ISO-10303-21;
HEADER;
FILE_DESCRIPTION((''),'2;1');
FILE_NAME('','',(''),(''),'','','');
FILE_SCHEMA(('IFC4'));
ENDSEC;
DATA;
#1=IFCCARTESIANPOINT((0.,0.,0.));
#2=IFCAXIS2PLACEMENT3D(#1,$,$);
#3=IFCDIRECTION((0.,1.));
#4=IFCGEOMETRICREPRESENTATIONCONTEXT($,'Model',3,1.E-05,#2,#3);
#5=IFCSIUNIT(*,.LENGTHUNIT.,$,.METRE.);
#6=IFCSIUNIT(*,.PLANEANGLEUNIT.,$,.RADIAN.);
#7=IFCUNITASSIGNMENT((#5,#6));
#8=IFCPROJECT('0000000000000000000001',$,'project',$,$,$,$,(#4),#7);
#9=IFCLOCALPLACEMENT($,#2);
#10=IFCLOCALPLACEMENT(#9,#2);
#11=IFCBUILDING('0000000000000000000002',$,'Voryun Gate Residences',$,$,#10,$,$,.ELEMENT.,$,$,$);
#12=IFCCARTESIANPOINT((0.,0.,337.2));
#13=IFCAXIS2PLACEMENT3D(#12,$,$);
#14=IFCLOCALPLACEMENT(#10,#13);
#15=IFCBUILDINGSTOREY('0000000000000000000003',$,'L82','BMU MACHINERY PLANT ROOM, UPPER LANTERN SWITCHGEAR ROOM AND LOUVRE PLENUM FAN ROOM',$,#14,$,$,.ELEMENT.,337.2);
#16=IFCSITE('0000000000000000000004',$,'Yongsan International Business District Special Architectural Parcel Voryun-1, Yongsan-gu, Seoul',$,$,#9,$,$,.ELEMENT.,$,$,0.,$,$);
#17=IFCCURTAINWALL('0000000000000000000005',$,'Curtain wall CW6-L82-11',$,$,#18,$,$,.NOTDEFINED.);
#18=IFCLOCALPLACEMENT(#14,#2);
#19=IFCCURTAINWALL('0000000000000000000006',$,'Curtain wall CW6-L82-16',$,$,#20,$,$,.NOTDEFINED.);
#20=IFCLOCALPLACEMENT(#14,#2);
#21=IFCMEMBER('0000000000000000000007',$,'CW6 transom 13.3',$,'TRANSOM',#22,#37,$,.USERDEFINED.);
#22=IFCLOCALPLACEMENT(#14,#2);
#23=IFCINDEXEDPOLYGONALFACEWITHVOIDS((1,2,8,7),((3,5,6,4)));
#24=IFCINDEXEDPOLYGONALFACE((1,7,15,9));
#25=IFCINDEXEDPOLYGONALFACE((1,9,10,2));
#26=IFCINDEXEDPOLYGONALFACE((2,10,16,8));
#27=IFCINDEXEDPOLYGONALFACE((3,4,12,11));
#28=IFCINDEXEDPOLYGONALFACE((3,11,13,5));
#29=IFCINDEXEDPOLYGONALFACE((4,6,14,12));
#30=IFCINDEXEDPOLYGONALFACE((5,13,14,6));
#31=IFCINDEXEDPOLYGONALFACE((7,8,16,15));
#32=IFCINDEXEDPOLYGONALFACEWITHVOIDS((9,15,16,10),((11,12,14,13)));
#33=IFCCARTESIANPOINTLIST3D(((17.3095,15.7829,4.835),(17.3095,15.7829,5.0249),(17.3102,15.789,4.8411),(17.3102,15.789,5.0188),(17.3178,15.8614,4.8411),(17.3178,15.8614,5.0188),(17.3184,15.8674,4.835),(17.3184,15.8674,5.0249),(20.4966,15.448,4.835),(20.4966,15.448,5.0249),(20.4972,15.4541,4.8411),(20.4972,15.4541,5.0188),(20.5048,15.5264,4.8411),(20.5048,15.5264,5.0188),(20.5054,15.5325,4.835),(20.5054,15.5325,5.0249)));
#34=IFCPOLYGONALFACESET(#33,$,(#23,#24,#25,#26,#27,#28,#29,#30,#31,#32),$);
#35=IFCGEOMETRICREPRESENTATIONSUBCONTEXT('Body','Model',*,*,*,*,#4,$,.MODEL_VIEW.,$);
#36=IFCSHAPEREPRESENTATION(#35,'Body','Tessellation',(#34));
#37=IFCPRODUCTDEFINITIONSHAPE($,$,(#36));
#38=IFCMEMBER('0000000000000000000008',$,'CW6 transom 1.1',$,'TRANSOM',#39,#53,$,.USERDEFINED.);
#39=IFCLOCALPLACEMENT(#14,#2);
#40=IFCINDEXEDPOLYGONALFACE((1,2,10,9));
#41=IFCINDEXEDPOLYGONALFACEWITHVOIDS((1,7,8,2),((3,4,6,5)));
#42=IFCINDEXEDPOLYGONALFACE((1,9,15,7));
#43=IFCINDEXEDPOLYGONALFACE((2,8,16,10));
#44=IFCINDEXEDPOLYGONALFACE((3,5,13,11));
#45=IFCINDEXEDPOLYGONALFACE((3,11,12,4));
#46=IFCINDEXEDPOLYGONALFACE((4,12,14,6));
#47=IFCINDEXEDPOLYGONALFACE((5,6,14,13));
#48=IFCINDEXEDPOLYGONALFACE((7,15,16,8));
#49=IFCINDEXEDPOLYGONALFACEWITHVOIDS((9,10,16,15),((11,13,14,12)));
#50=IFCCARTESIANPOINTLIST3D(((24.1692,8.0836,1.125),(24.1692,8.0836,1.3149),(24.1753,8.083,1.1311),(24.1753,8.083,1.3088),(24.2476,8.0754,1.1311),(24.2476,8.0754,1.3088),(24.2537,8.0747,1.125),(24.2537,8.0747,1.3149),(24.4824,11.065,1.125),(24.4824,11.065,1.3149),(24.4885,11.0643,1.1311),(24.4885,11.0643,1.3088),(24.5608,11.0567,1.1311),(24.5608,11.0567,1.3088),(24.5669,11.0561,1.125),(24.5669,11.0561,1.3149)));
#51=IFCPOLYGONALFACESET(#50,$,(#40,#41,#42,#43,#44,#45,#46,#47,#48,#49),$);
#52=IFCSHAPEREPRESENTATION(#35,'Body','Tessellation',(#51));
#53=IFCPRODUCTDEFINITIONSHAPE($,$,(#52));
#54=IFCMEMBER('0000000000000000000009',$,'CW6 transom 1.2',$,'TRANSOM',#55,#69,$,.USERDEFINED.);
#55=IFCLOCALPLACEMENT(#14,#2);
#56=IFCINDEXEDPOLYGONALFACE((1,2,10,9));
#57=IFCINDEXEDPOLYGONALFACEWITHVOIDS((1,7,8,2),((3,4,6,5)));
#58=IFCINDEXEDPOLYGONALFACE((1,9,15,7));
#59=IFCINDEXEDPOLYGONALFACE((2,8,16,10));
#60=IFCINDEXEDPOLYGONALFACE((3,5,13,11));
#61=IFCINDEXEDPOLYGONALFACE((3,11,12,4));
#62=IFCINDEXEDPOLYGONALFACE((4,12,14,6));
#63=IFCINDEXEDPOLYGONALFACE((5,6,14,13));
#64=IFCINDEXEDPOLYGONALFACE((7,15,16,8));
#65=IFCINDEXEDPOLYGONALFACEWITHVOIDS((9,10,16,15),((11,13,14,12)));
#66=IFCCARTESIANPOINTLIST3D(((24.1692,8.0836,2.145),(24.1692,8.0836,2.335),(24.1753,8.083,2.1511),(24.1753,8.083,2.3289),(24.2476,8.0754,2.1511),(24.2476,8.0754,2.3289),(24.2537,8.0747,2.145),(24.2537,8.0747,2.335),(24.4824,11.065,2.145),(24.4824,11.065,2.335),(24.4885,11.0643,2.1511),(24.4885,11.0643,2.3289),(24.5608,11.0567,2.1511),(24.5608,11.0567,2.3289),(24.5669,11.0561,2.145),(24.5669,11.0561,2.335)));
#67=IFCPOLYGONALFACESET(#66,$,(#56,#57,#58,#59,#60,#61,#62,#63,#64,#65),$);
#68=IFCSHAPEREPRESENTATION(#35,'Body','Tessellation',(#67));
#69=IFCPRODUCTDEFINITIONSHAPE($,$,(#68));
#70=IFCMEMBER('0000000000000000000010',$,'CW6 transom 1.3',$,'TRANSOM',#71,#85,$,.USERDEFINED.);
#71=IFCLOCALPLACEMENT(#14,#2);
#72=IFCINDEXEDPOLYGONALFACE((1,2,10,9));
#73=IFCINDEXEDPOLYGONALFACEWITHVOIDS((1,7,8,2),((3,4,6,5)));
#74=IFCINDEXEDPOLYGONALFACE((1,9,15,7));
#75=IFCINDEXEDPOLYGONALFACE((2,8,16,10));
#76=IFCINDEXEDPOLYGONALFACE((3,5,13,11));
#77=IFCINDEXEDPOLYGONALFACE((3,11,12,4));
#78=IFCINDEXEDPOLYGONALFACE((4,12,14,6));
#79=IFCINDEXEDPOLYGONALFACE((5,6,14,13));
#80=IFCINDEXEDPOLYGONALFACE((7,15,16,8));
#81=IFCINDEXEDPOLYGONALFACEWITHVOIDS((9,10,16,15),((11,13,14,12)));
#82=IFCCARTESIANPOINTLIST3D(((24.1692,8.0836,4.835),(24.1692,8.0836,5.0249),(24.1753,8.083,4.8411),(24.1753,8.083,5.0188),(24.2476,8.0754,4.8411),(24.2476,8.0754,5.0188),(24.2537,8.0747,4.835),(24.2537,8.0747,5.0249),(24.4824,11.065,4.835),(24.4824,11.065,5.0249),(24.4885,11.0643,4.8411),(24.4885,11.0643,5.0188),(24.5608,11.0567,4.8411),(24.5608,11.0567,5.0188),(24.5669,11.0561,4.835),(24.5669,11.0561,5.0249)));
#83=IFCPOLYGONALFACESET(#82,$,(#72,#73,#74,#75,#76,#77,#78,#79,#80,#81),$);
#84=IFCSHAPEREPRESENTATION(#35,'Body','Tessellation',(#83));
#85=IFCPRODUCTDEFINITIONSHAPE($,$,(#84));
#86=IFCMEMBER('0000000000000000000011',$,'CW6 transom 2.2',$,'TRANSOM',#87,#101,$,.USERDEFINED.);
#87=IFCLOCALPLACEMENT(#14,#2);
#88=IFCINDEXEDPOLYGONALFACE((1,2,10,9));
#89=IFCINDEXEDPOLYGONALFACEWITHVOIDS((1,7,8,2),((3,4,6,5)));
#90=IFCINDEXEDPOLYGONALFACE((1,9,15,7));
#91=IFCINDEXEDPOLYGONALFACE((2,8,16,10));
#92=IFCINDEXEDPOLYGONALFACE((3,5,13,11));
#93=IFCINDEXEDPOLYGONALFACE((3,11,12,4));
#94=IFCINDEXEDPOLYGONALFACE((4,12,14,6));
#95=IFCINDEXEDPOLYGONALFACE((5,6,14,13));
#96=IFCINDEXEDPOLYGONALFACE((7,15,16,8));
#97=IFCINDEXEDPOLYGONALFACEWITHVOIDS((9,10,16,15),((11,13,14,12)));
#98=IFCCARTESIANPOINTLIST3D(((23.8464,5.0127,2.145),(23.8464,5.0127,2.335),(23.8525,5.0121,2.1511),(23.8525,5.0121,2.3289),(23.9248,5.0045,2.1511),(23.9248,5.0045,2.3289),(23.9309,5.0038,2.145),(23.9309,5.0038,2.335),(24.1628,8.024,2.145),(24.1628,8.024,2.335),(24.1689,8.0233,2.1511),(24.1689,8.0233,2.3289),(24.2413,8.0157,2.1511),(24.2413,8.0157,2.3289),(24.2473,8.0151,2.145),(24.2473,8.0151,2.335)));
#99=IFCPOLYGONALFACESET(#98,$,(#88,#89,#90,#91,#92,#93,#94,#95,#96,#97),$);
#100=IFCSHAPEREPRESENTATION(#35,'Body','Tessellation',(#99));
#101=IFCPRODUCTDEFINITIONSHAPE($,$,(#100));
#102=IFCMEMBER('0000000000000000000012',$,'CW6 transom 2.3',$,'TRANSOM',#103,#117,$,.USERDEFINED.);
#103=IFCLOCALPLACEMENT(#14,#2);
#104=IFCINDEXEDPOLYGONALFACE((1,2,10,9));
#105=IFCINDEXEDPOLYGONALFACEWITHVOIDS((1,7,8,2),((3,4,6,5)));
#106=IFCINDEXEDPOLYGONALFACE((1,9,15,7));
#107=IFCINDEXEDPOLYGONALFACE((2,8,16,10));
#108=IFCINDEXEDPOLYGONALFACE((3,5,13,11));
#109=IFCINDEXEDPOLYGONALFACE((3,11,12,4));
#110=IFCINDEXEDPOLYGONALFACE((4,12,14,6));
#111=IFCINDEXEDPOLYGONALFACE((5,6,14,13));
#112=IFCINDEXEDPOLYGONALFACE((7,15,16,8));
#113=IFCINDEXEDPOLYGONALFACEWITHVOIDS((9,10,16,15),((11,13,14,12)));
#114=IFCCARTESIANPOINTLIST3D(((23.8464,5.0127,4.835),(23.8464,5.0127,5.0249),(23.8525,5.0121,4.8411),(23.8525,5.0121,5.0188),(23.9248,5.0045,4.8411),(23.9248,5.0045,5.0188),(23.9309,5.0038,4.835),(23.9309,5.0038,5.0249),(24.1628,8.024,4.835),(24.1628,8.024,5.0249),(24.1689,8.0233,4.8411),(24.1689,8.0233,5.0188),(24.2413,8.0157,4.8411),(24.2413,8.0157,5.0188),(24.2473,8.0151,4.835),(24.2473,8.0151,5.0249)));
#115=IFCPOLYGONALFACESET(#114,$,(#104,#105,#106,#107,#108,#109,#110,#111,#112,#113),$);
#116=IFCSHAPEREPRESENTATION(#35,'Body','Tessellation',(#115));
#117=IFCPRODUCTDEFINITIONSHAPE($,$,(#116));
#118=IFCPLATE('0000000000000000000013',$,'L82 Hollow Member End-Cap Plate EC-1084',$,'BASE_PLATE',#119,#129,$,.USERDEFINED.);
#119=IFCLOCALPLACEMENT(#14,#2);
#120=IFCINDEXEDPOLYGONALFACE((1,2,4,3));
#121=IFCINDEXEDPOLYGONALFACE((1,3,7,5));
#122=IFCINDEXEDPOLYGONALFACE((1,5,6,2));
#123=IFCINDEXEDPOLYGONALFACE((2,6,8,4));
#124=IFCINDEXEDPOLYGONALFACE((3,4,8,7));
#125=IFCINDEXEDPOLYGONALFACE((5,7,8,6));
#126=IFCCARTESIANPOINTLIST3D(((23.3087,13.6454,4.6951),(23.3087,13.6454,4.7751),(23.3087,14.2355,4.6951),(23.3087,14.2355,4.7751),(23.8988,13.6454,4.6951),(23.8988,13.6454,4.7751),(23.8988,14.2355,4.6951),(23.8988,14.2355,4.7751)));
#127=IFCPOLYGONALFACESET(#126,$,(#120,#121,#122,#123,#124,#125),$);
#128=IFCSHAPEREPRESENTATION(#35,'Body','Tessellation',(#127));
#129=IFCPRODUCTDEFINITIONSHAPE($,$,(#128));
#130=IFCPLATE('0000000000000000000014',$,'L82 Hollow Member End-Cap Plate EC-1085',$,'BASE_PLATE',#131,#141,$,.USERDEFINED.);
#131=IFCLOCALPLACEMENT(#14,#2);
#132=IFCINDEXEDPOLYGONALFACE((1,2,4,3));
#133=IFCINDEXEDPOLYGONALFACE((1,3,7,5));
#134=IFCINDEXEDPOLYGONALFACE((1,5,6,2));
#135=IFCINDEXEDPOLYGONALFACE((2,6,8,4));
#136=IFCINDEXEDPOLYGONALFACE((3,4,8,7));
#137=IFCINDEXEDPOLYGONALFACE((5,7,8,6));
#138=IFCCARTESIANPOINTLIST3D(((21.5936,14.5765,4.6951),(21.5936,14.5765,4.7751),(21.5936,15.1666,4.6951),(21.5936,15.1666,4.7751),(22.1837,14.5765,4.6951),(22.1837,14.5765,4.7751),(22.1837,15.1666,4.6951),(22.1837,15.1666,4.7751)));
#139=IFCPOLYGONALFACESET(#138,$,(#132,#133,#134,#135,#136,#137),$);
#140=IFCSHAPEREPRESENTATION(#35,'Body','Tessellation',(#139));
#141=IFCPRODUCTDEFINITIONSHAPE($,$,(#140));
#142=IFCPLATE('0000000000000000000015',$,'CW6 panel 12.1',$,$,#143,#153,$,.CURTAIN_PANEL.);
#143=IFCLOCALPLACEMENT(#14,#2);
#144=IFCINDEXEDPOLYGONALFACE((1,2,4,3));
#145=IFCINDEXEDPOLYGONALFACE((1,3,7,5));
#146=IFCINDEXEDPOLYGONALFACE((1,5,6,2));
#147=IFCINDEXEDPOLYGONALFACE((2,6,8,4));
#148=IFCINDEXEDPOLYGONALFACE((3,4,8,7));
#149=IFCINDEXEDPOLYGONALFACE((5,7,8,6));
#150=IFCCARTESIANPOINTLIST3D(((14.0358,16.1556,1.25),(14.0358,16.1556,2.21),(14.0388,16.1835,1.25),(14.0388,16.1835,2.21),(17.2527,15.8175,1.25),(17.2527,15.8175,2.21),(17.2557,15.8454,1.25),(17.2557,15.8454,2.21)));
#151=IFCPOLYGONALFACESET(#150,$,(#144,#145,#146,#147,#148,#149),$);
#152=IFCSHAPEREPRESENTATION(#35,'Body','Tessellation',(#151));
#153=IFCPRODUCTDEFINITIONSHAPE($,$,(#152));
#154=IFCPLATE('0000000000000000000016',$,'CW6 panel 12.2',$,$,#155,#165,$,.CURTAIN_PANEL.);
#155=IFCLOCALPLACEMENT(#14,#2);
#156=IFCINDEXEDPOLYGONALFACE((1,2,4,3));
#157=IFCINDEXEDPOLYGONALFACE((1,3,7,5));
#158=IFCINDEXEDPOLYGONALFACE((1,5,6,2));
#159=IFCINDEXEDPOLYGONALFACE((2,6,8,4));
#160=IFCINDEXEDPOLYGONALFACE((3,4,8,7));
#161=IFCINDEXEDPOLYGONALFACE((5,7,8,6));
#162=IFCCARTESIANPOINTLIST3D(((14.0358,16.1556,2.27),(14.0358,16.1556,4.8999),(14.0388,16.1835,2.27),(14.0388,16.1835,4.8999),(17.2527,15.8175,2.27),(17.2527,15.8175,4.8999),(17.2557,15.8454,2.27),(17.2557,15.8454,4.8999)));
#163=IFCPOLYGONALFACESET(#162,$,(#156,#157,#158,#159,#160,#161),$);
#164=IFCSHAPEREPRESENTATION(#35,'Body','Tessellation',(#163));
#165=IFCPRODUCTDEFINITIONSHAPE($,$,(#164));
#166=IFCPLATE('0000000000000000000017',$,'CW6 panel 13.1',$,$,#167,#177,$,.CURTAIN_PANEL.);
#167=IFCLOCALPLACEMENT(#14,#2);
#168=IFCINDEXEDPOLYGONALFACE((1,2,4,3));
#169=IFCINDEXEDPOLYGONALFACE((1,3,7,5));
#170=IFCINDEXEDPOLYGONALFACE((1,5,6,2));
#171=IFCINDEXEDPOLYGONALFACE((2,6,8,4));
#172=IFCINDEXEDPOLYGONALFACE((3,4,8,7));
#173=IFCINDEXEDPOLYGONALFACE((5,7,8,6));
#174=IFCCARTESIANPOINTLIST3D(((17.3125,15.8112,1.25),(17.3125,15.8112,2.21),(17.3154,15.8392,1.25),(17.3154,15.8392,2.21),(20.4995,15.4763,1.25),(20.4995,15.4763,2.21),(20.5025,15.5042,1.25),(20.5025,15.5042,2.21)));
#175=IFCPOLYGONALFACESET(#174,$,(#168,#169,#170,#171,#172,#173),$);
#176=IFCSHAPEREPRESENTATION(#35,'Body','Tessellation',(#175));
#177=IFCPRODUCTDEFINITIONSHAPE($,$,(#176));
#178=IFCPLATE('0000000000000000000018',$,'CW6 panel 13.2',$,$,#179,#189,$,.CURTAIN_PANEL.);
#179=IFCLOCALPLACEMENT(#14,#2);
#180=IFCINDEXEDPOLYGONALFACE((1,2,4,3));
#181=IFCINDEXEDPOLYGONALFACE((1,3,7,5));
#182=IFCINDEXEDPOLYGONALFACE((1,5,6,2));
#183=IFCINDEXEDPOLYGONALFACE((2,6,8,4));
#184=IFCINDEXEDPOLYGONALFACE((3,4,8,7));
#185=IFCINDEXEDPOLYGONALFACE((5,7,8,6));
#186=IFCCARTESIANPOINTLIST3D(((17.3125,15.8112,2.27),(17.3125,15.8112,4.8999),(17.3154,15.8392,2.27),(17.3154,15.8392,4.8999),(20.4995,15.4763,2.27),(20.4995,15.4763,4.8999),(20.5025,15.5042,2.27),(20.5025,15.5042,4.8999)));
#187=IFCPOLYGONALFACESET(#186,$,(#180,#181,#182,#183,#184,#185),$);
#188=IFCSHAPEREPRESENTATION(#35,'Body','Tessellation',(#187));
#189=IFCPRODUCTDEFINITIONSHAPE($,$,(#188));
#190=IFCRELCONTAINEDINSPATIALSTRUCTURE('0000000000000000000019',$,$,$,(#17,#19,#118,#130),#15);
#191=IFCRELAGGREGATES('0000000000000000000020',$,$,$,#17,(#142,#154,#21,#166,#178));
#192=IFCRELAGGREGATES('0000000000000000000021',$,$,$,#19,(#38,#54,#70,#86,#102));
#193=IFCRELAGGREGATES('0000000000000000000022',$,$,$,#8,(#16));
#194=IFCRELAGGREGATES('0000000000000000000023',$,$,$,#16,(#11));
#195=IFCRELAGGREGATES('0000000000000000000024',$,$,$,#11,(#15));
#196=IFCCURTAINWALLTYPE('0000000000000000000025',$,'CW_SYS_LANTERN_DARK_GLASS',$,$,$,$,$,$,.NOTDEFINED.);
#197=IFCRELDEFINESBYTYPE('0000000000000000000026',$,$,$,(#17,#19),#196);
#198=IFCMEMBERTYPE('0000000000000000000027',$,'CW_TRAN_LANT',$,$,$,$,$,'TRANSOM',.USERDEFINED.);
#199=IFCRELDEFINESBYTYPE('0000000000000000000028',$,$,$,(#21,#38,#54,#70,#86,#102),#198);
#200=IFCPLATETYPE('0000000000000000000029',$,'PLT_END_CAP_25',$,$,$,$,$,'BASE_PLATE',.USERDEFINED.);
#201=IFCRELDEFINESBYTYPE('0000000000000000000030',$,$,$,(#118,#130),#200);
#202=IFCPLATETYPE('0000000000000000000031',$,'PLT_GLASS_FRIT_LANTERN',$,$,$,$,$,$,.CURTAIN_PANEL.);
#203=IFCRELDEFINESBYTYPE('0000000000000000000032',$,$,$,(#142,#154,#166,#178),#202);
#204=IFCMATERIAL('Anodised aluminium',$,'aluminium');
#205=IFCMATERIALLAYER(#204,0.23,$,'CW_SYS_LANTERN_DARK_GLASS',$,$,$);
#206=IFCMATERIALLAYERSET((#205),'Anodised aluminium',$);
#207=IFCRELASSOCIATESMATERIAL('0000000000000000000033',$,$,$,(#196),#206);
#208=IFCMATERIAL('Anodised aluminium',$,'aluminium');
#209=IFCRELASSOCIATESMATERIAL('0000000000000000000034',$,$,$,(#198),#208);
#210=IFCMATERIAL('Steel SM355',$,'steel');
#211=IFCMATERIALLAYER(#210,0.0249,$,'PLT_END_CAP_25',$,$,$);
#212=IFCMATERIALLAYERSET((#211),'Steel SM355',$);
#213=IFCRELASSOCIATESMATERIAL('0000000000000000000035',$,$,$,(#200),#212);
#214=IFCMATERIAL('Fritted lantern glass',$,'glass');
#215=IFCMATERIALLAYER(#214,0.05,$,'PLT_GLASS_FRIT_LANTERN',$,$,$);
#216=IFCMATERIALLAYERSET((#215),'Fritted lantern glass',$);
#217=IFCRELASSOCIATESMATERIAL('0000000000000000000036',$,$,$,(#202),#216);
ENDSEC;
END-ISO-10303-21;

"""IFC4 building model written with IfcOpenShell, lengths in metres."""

from ifc_helpers import new_model, si_unit, direction, frame, origin, origin_2d, place, context, subcontext, project, spatial, rectangle, hollow_rectangle, extrude, material, layer, layer_set, material_profile, profile_set, type_object, element, aggregate, save


model = new_model("IFC4")

# Units and contexts
model_context = context("Model", 3, precision=1e-05, world=origin(), true_north=direction((0.0, 1.0)))
body_context = subcontext(model_context, "Body", "Model", "MODEL_VIEW")
ifc_project = project(units=[si_unit("LENGTHUNIT", "METRE"), si_unit("PLANEANGLEUNIT", "RADIAN")], contexts=[model_context])

# Site, building, storey
site_placement = place(None, origin())
site = spatial("IfcSite", under=ifc_project, at=site_placement, Name="Yongsan International Business District Special Architectural Parcel Voryun-1, Yongsan-gu, Seoul", CompositionType="ELEMENT", RefElevation=0.0)
building_placement = place(site_placement, origin())
building = spatial("IfcBuilding", under=site, at=building_placement, Name="Voryun Gate Residences", CompositionType="ELEMENT")
storey_placement = place(building_placement, frame((0.0, 0.0, 337.2)))
storey = spatial("IfcBuildingStorey", under=building, at=storey_placement, Name="L82", Description="BMU MACHINERY PLANT ROOM, UPPER LANTERN SWITCHGEAR ROOM AND LOUVRE PLENUM FAN ROOM", CompositionType="ELEMENT", Elevation=337.2)

# Curtain walls
ifc_material_1 = material(Name="Anodised aluminium", Category="aluminium")
ifc_layer_1 = layer(ifc_material_1, 0.23, Name="CW_SYS_LANTERN_DARK_GLASS")
ifc_layer_set_1 = layer_set([ifc_layer_1], Name="Anodised aluminium")
curtain_wall_type = type_object("IfcCurtainWallType", Name="CW_SYS_LANTERN_DARK_GLASS", PredefinedType="NOTDEFINED", material=ifc_layer_set_1)
curtain_wall_1_placement = place(storey_placement, origin())
curtain_wall_1 = element("IfcCurtainWall", 1, at=curtain_wall_1_placement, inside=storey, type_object=curtain_wall_type, Name="Curtain wall CW6-L82-11", PredefinedType="NOTDEFINED")
curtain_wall_2_placement = place(storey_placement, origin())
curtain_wall_2 = element("IfcCurtainWall", 2, at=curtain_wall_2_placement, inside=storey, type_object=curtain_wall_type, Name="Curtain wall CW6-L82-16", PredefinedType="NOTDEFINED")

# Members
ifc_material_2 = material(Name="Anodised aluminium", Category="aluminium")
ifc_material_profile_1 = material_profile(ifc_material_2, hollow_rectangle(XDim=0.085, YDim=0.1899, WallThickness=0.0061, at=origin_2d()), Name="ALU-TRAN-190x85x6")
ifc_profile_set_1 = profile_set([ifc_material_profile_1], Name="Anodised aluminium")
member_type_1 = type_object("IfcMemberType", Name="CW_TRAN_LANT", ElementType="TRANSOM", PredefinedType="USERDEFINED", material=ifc_profile_set_1)
member_1_placement = place(storey_placement, frame((17.314, 15.8252, 4.9299), z_axis=(0.994522, -0.104526, 0.0), x_axis=(0.104526, 0.994522, 0.0)))
member_1 = element("IfcMember", 3, at=member_1_placement, type_object=member_type_1, Name="CW6 transom 13.3", ObjectType="TRANSOM", PredefinedType="USERDEFINED", context=body_context, shape_type="SweptSolid", body=[
    extrude(hollow_rectangle(XDim=0.085, YDim=0.1899, WallThickness=0.0061, at=origin_2d()), origin(), (0.0, 0.0, 1.0), 3.2046),
])
member_2_placement = place(storey_placement, frame((24.5247, 11.0605, 1.22), z_axis=(-0.104486, -0.994526, 0.0), x_axis=(0.994526, -0.104486, 0.0)))
member_2 = element("IfcMember", 4, at=member_2_placement, type_object=member_type_1, Name="CW6 transom 1.1", ObjectType="TRANSOM", PredefinedType="USERDEFINED", context=body_context, shape_type="SweptSolid", body=[
    extrude(hollow_rectangle(XDim=0.085, YDim=0.1899, WallThickness=0.0061, at=origin_2d()), origin(), (0.0, 0.0, 1.0), 2.9978),
])
member_3_placement = place(storey_placement, frame((24.5247, 11.0605, 2.24), z_axis=(-0.104486, -0.994526, 0.0), x_axis=(0.994526, -0.104486, 0.0)))
member_3 = element("IfcMember", 5, at=member_3_placement, type_object=member_type_1, Name="CW6 transom 1.2", ObjectType="TRANSOM", PredefinedType="USERDEFINED", context=body_context, shape_type="SweptSolid", body=[
    extrude(hollow_rectangle(XDim=0.085, YDim=0.1899, WallThickness=0.0061, at=origin_2d()), origin(), (0.0, 0.0, 1.0), 2.9978),
])
member_4_placement = place(storey_placement, frame((24.5247, 11.0605, 4.9299), z_axis=(-0.104486, -0.994526, 0.0), x_axis=(0.994526, -0.104486, 0.0)))
member_4 = element("IfcMember", 6, at=member_4_placement, type_object=member_type_1, Name="CW6 transom 1.3", ObjectType="TRANSOM", PredefinedType="USERDEFINED", context=body_context, shape_type="SweptSolid", body=[
    extrude(hollow_rectangle(XDim=0.085, YDim=0.1899, WallThickness=0.0061, at=origin_2d()), origin(), (0.0, 0.0, 1.0), 2.9978),
])
member_5_placement = place(storey_placement, frame((24.2051, 8.0195, 2.24), z_axis=(-0.1045, -0.994525, 0.0), x_axis=(0.994525, -0.1045, 0.0)))
member_5 = element("IfcMember", 7, at=member_5_placement, type_object=member_type_1, Name="CW6 transom 2.2", ObjectType="TRANSOM", PredefinedType="USERDEFINED", context=body_context, shape_type="SweptSolid", body=[
    extrude(hollow_rectangle(XDim=0.085, YDim=0.1899, WallThickness=0.0061, at=origin_2d()), origin(), (0.0, 0.0, 1.0), 3.0278),
])
member_6_placement = place(storey_placement, frame((24.2051, 8.0195, 4.9299), z_axis=(-0.1045, -0.994525, 0.0), x_axis=(0.994525, -0.1045, 0.0)))
member_6 = element("IfcMember", 8, at=member_6_placement, type_object=member_type_1, Name="CW6 transom 2.3", ObjectType="TRANSOM", PredefinedType="USERDEFINED", context=body_context, shape_type="SweptSolid", body=[
    extrude(hollow_rectangle(XDim=0.085, YDim=0.1899, WallThickness=0.0061, at=origin_2d()), origin(), (0.0, 0.0, 1.0), 3.0278),
])

# Plates
ifc_material_3 = material(Name="Steel SM355", Category="steel")
ifc_layer_2 = layer(ifc_material_3, 0.0249, Name="PLT_END_CAP_25")
ifc_layer_set_2 = layer_set([ifc_layer_2], Name="Steel SM355")
plate_type_1 = type_object("IfcPlateType", Name="PLT_END_CAP_25", ElementType="BASE_PLATE", PredefinedType="USERDEFINED", material=ifc_layer_set_2)
for number, where, z_axis, x_axis, name in (
    (9, (23.6038, 13.9404, 4.6951), (0.0, 0.0, 1.0), (1.0, 0.0, 0.0), "L82 Hollow Member End-Cap Plate EC-1084"),
    (10, (21.8887, 14.8716, 4.6951), (0.0, 0.0, 1.0), (1.0, 0.0, 0.0), "L82 Hollow Member End-Cap Plate EC-1085"),
):
    element("IfcPlate", number, at=place(storey_placement, frame(where, z_axis=z_axis, x_axis=x_axis)), inside=storey, type_object=plate_type_1, Name=name, ObjectType="BASE_PLATE", PredefinedType="USERDEFINED", context=body_context, shape_type="SweptSolid", body=[
        extrude(rectangle(XDim=0.5901, YDim=0.5901, at=origin_2d()), origin(), (0.0, 0.0, 1.0), 0.0801),
    ])

# Plates
ifc_material_4 = material(Name="Fritted lantern glass", Category="glass")
ifc_layer_3 = layer(ifc_material_4, 0.05, Name="PLT_GLASS_FRIT_LANTERN")
ifc_layer_set_3 = layer_set([ifc_layer_3], Name="Fritted lantern glass")
plate_type_2 = type_object("IfcPlateType", Name="PLT_GLASS_FRIT_LANTERN", PredefinedType="CURTAIN_PANEL", material=ifc_layer_set_3)
plate_1_placement = place(storey_placement, frame((15.6458, 16.0005, 1.25), z_axis=(0.0, 0.0, 1.0), x_axis=(0.994522, -0.104528, 0.0)))
plate_1 = element("IfcPlate", 11, at=plate_1_placement, type_object=plate_type_2, Name="CW6 panel 12.1", PredefinedType="CURTAIN_PANEL", context=body_context, shape_type="SweptSolid", body=[
    extrude(rectangle(XDim=3.2346, YDim=0.0281, at=origin_2d()), origin(), (0.0, 0.0, 1.0), 0.96),
])
plate_2_placement = place(storey_placement, frame((15.6458, 16.0005, 2.27), z_axis=(0.0, 0.0, 1.0), x_axis=(0.994522, -0.104528, 0.0)))
plate_2 = element("IfcPlate", 12, at=plate_2_placement, type_object=plate_type_2, Name="CW6 panel 12.2", PredefinedType="CURTAIN_PANEL", context=body_context, shape_type="SweptSolid", body=[
    extrude(rectangle(XDim=3.2346, YDim=0.0281, at=origin_2d()), origin(), (0.0, 0.0, 1.0), 2.6299),
])
plate_3_placement = place(storey_placement, frame((18.9075, 15.6577, 1.25), z_axis=(0.0, 0.0, 1.0), x_axis=(0.994522, -0.104528, 0.0)))
plate_3 = element("IfcPlate", 13, at=plate_3_placement, type_object=plate_type_2, Name="CW6 panel 13.1", PredefinedType="CURTAIN_PANEL", context=body_context, shape_type="SweptSolid", body=[
    extrude(rectangle(XDim=3.2046, YDim=0.0281, at=origin_2d()), origin(), (0.0, 0.0, 1.0), 0.96),
])
plate_4_placement = place(storey_placement, frame((18.9075, 15.6577, 2.27), z_axis=(0.0, 0.0, 1.0), x_axis=(0.994522, -0.104528, 0.0)))
plate_4 = element("IfcPlate", 14, at=plate_4_placement, type_object=plate_type_2, Name="CW6 panel 13.2", PredefinedType="CURTAIN_PANEL", context=body_context, shape_type="SweptSolid", body=[
    extrude(rectangle(XDim=3.2046, YDim=0.0281, at=origin_2d()), origin(), (0.0, 0.0, 1.0), 2.6299),
])
aggregate(curtain_wall_1, [plate_1, plate_2, member_1, plate_3, plate_4])
aggregate(curtain_wall_2, [member_2, member_3, member_4, member_5, member_6])

save(model, "model.ifc")
